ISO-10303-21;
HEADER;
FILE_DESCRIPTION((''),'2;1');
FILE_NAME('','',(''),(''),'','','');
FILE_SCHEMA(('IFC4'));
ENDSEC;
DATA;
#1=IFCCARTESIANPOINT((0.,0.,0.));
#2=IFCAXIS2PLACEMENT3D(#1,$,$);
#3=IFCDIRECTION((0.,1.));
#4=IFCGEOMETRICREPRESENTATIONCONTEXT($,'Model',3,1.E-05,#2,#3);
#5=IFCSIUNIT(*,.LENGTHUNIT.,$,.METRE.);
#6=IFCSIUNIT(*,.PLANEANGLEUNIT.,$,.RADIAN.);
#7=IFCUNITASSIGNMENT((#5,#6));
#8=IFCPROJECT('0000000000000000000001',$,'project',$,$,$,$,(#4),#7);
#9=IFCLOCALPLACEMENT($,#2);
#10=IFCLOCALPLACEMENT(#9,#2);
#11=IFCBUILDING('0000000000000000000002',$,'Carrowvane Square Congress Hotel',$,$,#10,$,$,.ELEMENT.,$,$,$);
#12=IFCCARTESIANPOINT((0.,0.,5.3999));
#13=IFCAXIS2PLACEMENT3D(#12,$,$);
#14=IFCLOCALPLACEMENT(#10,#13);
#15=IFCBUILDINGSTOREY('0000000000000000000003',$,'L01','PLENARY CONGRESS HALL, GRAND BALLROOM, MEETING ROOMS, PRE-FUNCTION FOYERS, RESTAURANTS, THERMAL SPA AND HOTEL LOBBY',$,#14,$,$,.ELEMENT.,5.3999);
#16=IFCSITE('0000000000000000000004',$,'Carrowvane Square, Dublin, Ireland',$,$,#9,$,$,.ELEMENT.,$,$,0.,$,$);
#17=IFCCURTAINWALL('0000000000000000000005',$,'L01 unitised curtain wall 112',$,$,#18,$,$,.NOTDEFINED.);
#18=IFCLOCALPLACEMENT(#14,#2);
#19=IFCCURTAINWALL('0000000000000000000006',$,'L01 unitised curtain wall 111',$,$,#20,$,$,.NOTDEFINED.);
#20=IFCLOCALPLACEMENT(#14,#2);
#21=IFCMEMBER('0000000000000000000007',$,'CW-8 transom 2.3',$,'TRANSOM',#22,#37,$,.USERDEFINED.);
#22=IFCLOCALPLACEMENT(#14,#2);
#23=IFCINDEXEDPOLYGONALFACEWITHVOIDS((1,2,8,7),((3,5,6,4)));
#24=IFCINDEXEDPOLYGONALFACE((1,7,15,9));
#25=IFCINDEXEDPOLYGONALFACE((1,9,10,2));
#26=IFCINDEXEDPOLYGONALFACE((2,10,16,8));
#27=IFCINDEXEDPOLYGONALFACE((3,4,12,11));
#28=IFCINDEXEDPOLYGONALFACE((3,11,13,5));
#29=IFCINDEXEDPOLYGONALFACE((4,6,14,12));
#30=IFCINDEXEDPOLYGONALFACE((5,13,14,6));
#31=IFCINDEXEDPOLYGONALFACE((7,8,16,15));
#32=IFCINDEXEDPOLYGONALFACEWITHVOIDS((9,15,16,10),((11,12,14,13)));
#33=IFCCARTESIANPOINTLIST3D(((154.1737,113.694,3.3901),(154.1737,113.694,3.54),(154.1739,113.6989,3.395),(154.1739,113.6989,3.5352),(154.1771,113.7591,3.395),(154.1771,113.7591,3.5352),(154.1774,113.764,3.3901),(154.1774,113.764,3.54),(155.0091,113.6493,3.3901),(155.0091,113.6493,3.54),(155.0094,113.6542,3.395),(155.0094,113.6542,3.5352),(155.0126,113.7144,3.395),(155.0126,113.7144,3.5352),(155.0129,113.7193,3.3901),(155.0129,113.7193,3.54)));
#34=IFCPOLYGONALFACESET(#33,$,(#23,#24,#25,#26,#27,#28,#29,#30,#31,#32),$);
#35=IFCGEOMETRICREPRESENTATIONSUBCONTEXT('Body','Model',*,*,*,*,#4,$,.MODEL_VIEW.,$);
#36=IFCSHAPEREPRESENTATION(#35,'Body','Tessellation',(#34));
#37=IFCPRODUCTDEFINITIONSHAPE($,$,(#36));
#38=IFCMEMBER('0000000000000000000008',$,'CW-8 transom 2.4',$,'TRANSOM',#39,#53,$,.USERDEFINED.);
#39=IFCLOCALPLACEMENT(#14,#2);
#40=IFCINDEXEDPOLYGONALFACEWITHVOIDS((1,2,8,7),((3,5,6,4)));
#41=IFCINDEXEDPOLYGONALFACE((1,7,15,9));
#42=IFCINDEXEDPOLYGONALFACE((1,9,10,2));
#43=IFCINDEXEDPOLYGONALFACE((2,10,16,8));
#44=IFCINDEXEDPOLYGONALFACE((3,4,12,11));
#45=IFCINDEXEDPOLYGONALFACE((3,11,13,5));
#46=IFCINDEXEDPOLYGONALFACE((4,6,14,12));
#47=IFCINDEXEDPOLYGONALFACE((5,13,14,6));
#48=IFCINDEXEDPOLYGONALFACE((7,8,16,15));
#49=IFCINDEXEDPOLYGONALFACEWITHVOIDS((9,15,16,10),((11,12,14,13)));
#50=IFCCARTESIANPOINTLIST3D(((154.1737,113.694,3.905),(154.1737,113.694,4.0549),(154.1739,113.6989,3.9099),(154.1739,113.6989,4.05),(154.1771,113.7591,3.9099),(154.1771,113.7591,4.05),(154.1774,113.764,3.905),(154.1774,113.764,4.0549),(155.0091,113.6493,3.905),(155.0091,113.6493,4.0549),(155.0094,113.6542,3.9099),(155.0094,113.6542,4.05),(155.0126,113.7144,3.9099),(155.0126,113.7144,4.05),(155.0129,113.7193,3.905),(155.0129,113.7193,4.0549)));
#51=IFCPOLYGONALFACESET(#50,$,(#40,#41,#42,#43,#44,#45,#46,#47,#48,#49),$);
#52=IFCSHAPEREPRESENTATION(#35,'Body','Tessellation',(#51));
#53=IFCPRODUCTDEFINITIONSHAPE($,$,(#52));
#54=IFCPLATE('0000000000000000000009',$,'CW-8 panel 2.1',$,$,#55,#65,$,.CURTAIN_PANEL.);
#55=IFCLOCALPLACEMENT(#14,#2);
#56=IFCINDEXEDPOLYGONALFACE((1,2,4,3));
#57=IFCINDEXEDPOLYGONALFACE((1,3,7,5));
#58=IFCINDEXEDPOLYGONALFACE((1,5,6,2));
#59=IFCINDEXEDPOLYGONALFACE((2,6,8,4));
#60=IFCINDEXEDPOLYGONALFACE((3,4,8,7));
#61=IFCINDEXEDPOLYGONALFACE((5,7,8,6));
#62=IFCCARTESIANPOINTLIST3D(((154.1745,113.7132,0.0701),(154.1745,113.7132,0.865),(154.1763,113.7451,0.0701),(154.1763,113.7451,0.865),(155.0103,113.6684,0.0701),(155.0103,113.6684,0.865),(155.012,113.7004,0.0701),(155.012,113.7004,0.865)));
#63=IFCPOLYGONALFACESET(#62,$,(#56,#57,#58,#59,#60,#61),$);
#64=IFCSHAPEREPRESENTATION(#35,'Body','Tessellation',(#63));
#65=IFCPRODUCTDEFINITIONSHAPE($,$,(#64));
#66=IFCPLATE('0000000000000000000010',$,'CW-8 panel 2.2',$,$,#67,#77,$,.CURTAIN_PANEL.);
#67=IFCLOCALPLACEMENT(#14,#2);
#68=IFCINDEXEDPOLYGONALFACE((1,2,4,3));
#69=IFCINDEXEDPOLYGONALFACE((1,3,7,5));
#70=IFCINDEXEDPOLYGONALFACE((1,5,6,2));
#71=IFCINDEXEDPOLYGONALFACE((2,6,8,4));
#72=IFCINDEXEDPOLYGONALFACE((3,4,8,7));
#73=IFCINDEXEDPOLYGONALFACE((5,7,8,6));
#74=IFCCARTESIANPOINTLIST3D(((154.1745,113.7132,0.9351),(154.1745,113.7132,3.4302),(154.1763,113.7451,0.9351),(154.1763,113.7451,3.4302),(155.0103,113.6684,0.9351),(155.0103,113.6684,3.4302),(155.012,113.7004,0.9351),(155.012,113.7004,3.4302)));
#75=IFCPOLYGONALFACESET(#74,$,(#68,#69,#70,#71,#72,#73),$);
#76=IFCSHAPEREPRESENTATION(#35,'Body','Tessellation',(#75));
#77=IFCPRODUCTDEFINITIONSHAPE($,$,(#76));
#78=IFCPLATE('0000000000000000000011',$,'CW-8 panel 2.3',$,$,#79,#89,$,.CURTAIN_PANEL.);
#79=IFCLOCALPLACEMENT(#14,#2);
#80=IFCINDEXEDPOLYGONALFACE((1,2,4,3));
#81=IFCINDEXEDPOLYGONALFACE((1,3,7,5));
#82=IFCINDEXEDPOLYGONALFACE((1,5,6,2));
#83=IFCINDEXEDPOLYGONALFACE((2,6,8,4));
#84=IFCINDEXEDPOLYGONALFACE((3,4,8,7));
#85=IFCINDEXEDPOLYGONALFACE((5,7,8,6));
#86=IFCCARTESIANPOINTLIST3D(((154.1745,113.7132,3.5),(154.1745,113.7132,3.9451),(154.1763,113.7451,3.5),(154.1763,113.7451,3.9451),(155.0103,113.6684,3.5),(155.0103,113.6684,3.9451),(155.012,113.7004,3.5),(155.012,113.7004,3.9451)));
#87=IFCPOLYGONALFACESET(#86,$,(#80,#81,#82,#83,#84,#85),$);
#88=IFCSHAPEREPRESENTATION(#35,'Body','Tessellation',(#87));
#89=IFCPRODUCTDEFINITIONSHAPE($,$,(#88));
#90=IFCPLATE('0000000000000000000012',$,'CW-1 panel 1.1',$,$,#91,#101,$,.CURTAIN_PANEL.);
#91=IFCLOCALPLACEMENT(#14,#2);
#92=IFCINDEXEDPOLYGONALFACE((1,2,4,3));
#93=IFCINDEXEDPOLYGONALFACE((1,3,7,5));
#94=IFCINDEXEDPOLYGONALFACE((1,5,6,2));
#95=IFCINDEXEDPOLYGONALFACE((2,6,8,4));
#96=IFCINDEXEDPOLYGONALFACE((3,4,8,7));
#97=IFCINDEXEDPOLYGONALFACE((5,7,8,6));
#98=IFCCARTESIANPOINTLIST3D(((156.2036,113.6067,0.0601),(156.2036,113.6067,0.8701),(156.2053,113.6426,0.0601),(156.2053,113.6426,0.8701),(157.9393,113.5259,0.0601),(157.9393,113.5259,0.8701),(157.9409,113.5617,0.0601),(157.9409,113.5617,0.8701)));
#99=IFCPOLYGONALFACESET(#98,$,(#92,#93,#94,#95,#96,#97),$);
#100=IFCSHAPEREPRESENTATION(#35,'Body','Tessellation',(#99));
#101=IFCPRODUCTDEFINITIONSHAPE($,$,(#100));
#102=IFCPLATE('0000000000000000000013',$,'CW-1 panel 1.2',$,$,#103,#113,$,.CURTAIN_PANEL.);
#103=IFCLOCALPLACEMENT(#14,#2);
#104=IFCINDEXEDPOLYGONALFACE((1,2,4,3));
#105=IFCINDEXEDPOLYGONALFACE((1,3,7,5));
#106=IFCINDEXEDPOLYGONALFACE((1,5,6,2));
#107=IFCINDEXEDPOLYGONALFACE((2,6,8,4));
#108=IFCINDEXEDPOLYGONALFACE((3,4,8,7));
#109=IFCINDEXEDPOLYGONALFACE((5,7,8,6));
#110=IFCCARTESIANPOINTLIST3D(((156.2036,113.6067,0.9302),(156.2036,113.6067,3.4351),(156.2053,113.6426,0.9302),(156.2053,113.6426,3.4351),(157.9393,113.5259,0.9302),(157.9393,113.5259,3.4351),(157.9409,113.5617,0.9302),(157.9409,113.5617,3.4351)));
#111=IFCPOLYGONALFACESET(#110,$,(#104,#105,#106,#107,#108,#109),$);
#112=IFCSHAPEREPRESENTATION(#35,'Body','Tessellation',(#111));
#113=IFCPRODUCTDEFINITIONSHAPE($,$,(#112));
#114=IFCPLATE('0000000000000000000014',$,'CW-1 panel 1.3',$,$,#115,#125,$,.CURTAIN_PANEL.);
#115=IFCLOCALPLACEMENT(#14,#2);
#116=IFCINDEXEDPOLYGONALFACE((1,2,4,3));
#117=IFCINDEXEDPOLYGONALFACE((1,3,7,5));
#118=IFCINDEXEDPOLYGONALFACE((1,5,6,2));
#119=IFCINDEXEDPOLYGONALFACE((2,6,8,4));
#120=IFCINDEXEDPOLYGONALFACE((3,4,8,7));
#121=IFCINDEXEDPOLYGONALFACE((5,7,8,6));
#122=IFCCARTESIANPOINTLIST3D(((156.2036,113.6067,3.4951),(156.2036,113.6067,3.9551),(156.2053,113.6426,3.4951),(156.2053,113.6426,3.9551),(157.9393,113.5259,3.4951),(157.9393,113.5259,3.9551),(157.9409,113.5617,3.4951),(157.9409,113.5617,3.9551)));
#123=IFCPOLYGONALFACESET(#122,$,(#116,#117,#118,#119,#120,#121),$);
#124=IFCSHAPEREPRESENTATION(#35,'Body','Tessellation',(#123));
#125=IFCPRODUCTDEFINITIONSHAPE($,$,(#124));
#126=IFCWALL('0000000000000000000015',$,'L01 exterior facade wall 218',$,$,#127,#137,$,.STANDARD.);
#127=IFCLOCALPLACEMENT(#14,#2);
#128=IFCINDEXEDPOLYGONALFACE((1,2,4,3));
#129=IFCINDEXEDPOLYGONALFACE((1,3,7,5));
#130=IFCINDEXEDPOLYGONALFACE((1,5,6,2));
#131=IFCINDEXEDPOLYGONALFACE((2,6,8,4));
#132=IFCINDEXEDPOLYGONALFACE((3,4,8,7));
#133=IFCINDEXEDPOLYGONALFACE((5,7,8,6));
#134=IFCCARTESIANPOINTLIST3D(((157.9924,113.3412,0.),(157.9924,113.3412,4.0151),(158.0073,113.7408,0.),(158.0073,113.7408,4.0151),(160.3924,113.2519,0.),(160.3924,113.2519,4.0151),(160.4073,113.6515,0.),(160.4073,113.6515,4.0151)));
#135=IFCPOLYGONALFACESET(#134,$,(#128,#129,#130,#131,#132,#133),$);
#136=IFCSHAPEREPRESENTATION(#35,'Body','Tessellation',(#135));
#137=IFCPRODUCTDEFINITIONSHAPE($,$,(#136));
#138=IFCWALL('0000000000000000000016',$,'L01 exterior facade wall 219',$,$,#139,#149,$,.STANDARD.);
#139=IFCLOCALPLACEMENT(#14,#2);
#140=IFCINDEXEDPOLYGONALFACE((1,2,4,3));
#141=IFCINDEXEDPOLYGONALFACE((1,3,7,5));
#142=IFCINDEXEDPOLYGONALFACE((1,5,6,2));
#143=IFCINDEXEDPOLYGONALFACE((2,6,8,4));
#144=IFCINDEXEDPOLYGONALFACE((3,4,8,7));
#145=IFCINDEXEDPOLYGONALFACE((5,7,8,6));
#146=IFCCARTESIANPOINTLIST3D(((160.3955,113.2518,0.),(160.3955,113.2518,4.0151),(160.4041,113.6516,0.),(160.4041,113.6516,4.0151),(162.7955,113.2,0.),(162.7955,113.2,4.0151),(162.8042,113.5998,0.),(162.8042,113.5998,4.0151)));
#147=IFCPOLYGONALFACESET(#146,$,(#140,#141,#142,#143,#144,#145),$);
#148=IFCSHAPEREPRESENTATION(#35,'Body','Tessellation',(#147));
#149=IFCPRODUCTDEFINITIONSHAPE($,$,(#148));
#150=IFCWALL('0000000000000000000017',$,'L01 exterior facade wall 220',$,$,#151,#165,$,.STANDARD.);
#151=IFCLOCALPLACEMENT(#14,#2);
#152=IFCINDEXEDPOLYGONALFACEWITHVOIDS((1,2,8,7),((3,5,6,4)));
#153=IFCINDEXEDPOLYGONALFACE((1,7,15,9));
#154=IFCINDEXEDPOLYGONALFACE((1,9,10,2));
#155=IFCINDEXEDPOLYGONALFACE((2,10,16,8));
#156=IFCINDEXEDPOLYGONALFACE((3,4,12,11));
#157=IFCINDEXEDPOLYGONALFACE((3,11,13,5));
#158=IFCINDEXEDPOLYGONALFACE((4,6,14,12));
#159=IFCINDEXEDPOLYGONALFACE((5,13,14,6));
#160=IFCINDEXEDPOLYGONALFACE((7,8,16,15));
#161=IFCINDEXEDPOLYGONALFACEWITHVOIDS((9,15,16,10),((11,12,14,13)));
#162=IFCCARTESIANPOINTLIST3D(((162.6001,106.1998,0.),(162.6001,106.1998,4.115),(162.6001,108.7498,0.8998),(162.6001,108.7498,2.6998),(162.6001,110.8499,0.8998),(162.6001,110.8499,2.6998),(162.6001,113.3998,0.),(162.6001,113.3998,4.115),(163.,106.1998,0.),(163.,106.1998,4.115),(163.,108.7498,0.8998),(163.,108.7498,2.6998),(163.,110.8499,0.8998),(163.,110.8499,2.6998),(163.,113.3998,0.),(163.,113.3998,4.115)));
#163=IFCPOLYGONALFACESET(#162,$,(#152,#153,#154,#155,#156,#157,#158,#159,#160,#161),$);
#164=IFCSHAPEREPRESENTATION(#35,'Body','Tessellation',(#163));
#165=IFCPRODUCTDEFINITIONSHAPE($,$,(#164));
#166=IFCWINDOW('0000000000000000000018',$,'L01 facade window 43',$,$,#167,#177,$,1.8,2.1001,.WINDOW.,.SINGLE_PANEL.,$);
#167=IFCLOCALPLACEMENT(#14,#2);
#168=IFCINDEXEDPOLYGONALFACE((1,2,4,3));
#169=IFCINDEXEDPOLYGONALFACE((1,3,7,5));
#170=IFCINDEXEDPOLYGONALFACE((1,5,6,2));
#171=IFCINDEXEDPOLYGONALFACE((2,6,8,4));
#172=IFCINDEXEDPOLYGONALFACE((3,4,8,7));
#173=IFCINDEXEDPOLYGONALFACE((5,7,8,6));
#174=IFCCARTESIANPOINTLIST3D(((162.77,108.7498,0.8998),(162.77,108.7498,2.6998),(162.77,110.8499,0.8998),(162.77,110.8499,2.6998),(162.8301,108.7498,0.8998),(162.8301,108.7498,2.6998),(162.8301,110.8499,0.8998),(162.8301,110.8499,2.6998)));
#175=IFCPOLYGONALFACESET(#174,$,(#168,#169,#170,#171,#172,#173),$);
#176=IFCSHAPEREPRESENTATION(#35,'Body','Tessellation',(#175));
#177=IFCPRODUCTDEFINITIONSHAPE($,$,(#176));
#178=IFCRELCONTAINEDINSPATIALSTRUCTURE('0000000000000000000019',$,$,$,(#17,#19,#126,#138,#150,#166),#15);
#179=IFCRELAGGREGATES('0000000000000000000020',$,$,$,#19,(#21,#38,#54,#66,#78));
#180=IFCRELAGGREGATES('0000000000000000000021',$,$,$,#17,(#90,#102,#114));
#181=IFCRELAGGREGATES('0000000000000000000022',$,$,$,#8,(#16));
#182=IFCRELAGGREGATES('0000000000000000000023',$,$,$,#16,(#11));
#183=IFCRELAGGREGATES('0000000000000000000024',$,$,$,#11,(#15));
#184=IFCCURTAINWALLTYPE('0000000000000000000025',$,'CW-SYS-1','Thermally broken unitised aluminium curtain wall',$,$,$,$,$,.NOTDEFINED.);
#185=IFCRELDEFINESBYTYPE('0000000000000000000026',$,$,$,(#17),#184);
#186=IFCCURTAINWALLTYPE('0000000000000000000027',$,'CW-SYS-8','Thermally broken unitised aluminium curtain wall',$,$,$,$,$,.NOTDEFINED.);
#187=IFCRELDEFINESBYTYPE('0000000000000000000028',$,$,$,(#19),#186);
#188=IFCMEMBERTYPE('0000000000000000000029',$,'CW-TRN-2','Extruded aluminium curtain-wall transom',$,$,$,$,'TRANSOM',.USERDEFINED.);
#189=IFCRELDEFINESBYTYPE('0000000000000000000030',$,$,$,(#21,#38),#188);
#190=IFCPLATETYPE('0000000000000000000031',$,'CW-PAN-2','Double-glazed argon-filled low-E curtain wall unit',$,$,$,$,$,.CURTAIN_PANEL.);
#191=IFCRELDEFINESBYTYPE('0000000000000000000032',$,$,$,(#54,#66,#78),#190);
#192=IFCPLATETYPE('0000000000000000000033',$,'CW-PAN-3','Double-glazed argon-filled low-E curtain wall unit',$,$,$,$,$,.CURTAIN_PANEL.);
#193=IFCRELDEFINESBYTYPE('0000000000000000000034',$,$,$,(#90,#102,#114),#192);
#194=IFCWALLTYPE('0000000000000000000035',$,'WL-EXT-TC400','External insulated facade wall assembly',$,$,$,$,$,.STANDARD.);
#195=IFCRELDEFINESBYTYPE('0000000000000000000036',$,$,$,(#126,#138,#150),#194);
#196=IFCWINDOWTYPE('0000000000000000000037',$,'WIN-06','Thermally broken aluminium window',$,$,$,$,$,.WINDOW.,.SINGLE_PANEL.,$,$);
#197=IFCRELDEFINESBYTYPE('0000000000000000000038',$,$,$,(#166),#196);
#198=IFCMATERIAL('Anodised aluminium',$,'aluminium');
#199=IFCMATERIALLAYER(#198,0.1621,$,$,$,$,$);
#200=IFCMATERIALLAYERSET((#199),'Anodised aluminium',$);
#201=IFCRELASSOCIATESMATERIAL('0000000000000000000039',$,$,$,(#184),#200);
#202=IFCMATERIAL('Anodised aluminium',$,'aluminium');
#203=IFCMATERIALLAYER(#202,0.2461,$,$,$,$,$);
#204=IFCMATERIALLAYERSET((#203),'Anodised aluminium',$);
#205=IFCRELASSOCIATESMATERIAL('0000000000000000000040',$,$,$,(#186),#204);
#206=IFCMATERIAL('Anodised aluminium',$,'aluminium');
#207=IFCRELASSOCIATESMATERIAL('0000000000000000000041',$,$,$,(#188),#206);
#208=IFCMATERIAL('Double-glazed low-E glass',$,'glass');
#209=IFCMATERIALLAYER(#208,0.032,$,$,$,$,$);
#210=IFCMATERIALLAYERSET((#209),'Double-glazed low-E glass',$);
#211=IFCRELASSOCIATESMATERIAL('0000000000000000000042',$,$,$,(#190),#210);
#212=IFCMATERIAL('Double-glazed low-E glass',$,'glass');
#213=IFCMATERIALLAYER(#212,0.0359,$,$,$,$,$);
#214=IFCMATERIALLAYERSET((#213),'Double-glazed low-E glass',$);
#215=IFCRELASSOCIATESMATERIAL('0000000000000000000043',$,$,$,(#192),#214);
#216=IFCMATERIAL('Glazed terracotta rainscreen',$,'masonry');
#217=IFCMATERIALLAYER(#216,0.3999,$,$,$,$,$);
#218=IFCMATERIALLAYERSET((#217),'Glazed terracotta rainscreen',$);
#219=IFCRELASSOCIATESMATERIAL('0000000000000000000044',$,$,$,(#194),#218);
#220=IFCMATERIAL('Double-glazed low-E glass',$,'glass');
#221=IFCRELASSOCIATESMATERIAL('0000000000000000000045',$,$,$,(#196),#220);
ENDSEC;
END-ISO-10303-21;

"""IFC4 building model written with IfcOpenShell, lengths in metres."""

from ifc_helpers import new_model, si_unit, direction, frame, frame_2d, origin, origin_2d, place, context, subcontext, project, spatial, rectangle, hollow_rectangle, extrude, material, layer, layer_set, material_profile, profile_set, type_object, element, fill, aggregate, save


model = new_model("IFC4")

# Units and contexts
model_context = context("Model", 3, precision=1e-05, world=origin(), true_north=direction((0.0, 1.0)))
body_context = subcontext(model_context, "Body", "Model", "MODEL_VIEW")
ifc_project = project(units=[si_unit("LENGTHUNIT", "METRE"), si_unit("PLANEANGLEUNIT", "RADIAN")], contexts=[model_context])

# Site, building, storey
site_placement = place(None, origin())
site = spatial("IfcSite", under=ifc_project, at=site_placement, Name="Carrowvane Square, Dublin, Ireland", CompositionType="ELEMENT", RefElevation=0.0)
building_placement = place(site_placement, origin())
building = spatial("IfcBuilding", under=site, at=building_placement, Name="Carrowvane Square Congress Hotel", CompositionType="ELEMENT")
storey_placement = place(building_placement, frame((0.0, 0.0, 5.3999)))
storey = spatial("IfcBuildingStorey", under=building, at=storey_placement, Name="L01", Description="PLENARY CONGRESS HALL, GRAND BALLROOM, MEETING ROOMS, PRE-FUNCTION FOYERS, RESTAURANTS, THERMAL SPA AND HOTEL LOBBY", CompositionType="ELEMENT", Elevation=5.3999)

# Curtain wall
ifc_material_1 = material(Name="Anodised aluminium", Category="aluminium")
ifc_layer_1 = layer(ifc_material_1, 0.1621)
ifc_layer_set_1 = layer_set([ifc_layer_1], Name="Anodised aluminium")
curtain_wall_type_1 = type_object("IfcCurtainWallType", Name="CW-SYS-1", Description="Thermally broken unitised aluminium curtain wall", PredefinedType="NOTDEFINED", material=ifc_layer_set_1)
curtain_wall_1_placement = place(storey_placement, origin())
curtain_wall_1 = element("IfcCurtainWall", 1, at=curtain_wall_1_placement, inside=storey, type_object=curtain_wall_type_1, Name="L01 unitised curtain wall 112", PredefinedType="NOTDEFINED")

# Curtain wall
ifc_material_2 = material(Name="Anodised aluminium", Category="aluminium")
ifc_layer_2 = layer(ifc_material_2, 0.2461)
ifc_layer_set_2 = layer_set([ifc_layer_2], Name="Anodised aluminium")
curtain_wall_type_2 = type_object("IfcCurtainWallType", Name="CW-SYS-8", Description="Thermally broken unitised aluminium curtain wall", PredefinedType="NOTDEFINED", material=ifc_layer_set_2)
curtain_wall_2_placement = place(storey_placement, origin())
curtain_wall_2 = element("IfcCurtainWall", 2, at=curtain_wall_2_placement, inside=storey, type_object=curtain_wall_type_2, Name="L01 unitised curtain wall 111", PredefinedType="NOTDEFINED")

# Members
ifc_material_3 = material(Name="Anodised aluminium", Category="aluminium")
ifc_material_profile_1 = material_profile(ifc_material_3, hollow_rectangle(XDim=0.0701, YDim=0.1499, WallThickness=0.0049, at=origin_2d()), Name="CW-TR 70x150x5")
ifc_profile_set_1 = profile_set([ifc_material_profile_1], Name="Anodised aluminium")
member_type_1 = type_object("IfcMemberType", Name="CW-TRN-2", Description="Extruded aluminium curtain-wall transom", ElementType="TRANSOM", PredefinedType="USERDEFINED", material=ifc_profile_set_1)
member_1_placement = place(storey_placement, frame((154.1755, 113.729, 3.4651), z_axis=(0.998573, -0.053401, 0.0), x_axis=(0.053401, 0.998573, 0.0)))
member_1 = element("IfcMember", 3, at=member_1_placement, type_object=member_type_1, Name="CW-8 transom 2.3", ObjectType="TRANSOM", PredefinedType="USERDEFINED", context=body_context, shape_type="SweptSolid", body=[
    extrude(hollow_rectangle(XDim=0.0701, YDim=0.1499, WallThickness=0.0049, at=origin_2d()), origin(), (0.0, 0.0, 1.0), 0.8367),
])
member_2_placement = place(storey_placement, frame((154.1755, 113.729, 3.98), z_axis=(0.998573, -0.053401, 0.0), x_axis=(0.053401, 0.998573, 0.0)))
member_2 = element("IfcMember", 4, at=member_2_placement, type_object=member_type_1, Name="CW-8 transom 2.4", ObjectType="TRANSOM", PredefinedType="USERDEFINED", context=body_context, shape_type="SweptSolid", body=[
    extrude(hollow_rectangle(XDim=0.0701, YDim=0.1499, WallThickness=0.0049, at=origin_2d()), origin(), (0.0, 0.0, 1.0), 0.8367),
])

# Plates
ifc_material_4 = material(Name="Double-glazed low-E glass", Category="glass")
ifc_layer_3 = layer(ifc_material_4, 0.032)
ifc_layer_set_3 = layer_set([ifc_layer_3], Name="Double-glazed low-E glass")
plate_type_1 = type_object("IfcPlateType", Name="CW-PAN-2", Description="Double-glazed argon-filled low-E curtain wall unit", PredefinedType="CURTAIN_PANEL", material=ifc_layer_set_3)
plate_1_placement = place(storey_placement, frame((154.5933, 113.7068, 0.0701), z_axis=(0.0, 0.0, 1.0), x_axis=(0.998567, -0.053517, 0.0)))
plate_1 = element("IfcPlate", 5, at=plate_1_placement, type_object=plate_type_1, Name="CW-8 panel 2.1", PredefinedType="CURTAIN_PANEL", context=body_context, shape_type="SweptSolid", body=[
    extrude(rectangle(XDim=0.8369, YDim=0.032, at=origin_2d()), origin(), (0.0, 0.0, 1.0), 0.7949),
])
plate_2_placement = place(storey_placement, frame((154.5933, 113.7068, 0.9351), z_axis=(0.0, 0.0, 1.0), x_axis=(0.998567, -0.053517, 0.0)))
plate_2 = element("IfcPlate", 6, at=plate_2_placement, type_object=plate_type_1, Name="CW-8 panel 2.2", PredefinedType="CURTAIN_PANEL", context=body_context, shape_type="SweptSolid", body=[
    extrude(rectangle(XDim=0.8369, YDim=0.032, at=origin_2d()), origin(), (0.0, 0.0, 1.0), 2.4951),
])
plate_3_placement = place(storey_placement, frame((154.5933, 113.7068, 3.5), z_axis=(0.0, 0.0, 1.0), x_axis=(0.998567, -0.053517, 0.0)))
plate_3 = element("IfcPlate", 7, at=plate_3_placement, type_object=plate_type_1, Name="CW-8 panel 2.3", PredefinedType="CURTAIN_PANEL", context=body_context, shape_type="SweptSolid", body=[
    extrude(rectangle(XDim=0.8369, YDim=0.032, at=origin_2d()), origin(), (0.0, 0.0, 1.0), 0.4451),
])
aggregate(curtain_wall_2, [member_1, member_2, plate_1, plate_2, plate_3])
ifc_material_5 = material(Name="Double-glazed low-E glass", Category="glass")
ifc_layer_4 = layer(ifc_material_5, 0.0359)
ifc_layer_set_4 = layer_set([ifc_layer_4], Name="Double-glazed low-E glass")
plate_type_2 = type_object("IfcPlateType", Name="CW-PAN-3", Description="Double-glazed argon-filled low-E curtain wall unit", PredefinedType="CURTAIN_PANEL", material=ifc_layer_set_4)
plate_4_placement = place(storey_placement, frame((157.0723, 113.5842, 0.0601), z_axis=(0.0, 0.0, 1.0), x_axis=(0.998917, -0.046517, 0.0)))
plate_4 = element("IfcPlate", 8, at=plate_4_placement, type_object=plate_type_2, Name="CW-1 panel 1.1", PredefinedType="CURTAIN_PANEL", context=body_context, shape_type="SweptSolid", body=[
    extrude(rectangle(XDim=1.7375, YDim=0.0359, at=origin_2d()), origin(), (0.0, 0.0, 1.0), 0.8101),
])
plate_5_placement = place(storey_placement, frame((157.0723, 113.5842, 0.9302), z_axis=(0.0, 0.0, 1.0), x_axis=(0.998917, -0.046517, 0.0)))
plate_5 = element("IfcPlate", 9, at=plate_5_placement, type_object=plate_type_2, Name="CW-1 panel 1.2", PredefinedType="CURTAIN_PANEL", context=body_context, shape_type="SweptSolid", body=[
    extrude(rectangle(XDim=1.7375, YDim=0.0359, at=origin_2d()), origin(), (0.0, 0.0, 1.0), 2.5049),
])
plate_6_placement = place(storey_placement, frame((157.0723, 113.5842, 3.4951), z_axis=(0.0, 0.0, 1.0), x_axis=(0.998917, -0.046517, 0.0)))
plate_6 = element("IfcPlate", 10, at=plate_6_placement, type_object=plate_type_2, Name="CW-1 panel 1.3", PredefinedType="CURTAIN_PANEL", context=body_context, shape_type="SweptSolid", body=[
    extrude(rectangle(XDim=1.7375, YDim=0.0359, at=origin_2d()), origin(), (0.0, 0.0, 1.0), 0.46),
])
aggregate(curtain_wall_1, [plate_4, plate_5, plate_6])

# Walls
ifc_material_6 = material(Name="Glazed terracotta rainscreen", Category="masonry")
ifc_layer_5 = layer(ifc_material_6, 0.3999)
ifc_layer_set_5 = layer_set([ifc_layer_5], Name="Glazed terracotta rainscreen")
wall_type = type_object("IfcWallType", Name="WL-EXT-TC400", Description="External insulated facade wall assembly", PredefinedType="STANDARD", material=ifc_layer_set_5)
wall_1_placement = place(storey_placement, frame((158.0, 113.541, 0.0), z_axis=(0.0, 0.0, 1.0), x_axis=(0.999308, -0.037207, 0.0)))
element("IfcWall", 11, at=wall_1_placement, inside=storey, type_object=wall_type, Name="L01 exterior facade wall 218", PredefinedType="STANDARD", context=body_context, shape_type="SweptSolid", body=[
    extrude(rectangle(XDim=2.4016, YDim=0.3999, at=frame_2d((1.2007, 0.0))), origin(), (0.0, 0.0, 1.0), 4.0151),
])
wall_2_placement = place(storey_placement, frame((160.3999, 113.4517, 0.0), z_axis=(0.0, 0.0, 1.0), x_axis=(0.999768, -0.021559, 0.0)))
element("IfcWall", 12, at=wall_2_placement, inside=storey, type_object=wall_type, Name="L01 exterior facade wall 219", PredefinedType="STANDARD", context=body_context, shape_type="SweptSolid", body=[
    extrude(rectangle(XDim=2.4006, YDim=0.3999, at=frame_2d((1.2002, 0.0))), origin(), (0.0, 0.0, 1.0), 4.0151),
])

# Wall, opening, window
wall_3_placement = place(storey_placement, frame((162.8, 113.3999, 0.0), z_axis=(0.0, 0.0, 1.0), x_axis=(0.0, -1.0, 0.0)))
wall_3 = element("IfcWall", 13, at=wall_3_placement, inside=storey, type_object=wall_type, Name="L01 exterior facade wall 220", PredefinedType="STANDARD", context=body_context, shape_type="SweptSolid", body=[
    extrude(rectangle(XDim=7.2, YDim=0.3999, at=frame_2d((3.6001, 0.0))), origin(), (0.0, 0.0, 1.0), 4.115),
])
opening_placement = place(wall_3_placement, frame((2.55, 0.0, 0.8999)))
opening = element("IfcOpeningElement", 14, at=opening_placement, cuts=wall_3, PredefinedType="OPENING", context=body_context, shape_type="SweptSolid", body=[
    extrude(rectangle(XDim=2.1001, YDim=1.8, at=frame_2d((1.05, 0.8999))), frame((0.0, 0.21, 0.0), z_axis=(0.0, -1.0, 0.0), x_axis=(1.0, 0.0, 0.0)), (0.0, 0.0, 1.0), 0.4199),
])
ifc_material_7 = material(Name="Double-glazed low-E glass", Category="glass")
window_type = type_object("IfcWindowType", Name="WIN-06", Description="Thermally broken aluminium window", PartitioningType="SINGLE_PANEL", PredefinedType="WINDOW", material=ifc_material_7)
window_placement = place(opening_placement, origin())
window = element("IfcWindow", 15, at=window_placement, inside=storey, type_object=window_type, Name="L01 facade window 43", OverallHeight=1.8, OverallWidth=2.1001, PartitioningType="SINGLE_PANEL", PredefinedType="WINDOW", context=body_context, shape_type="SweptSolid", body=[
    extrude(rectangle(XDim=2.1001, YDim=1.8, at=frame_2d((1.05, 0.8999))), frame((0.0, 0.03, 0.0), z_axis=(0.0, -1.0, 0.0), x_axis=(1.0, 0.0, 0.0)), (0.0, 0.0, 1.0), 0.0601),
])
fill(opening, window)

save(model, "model.ifc")
